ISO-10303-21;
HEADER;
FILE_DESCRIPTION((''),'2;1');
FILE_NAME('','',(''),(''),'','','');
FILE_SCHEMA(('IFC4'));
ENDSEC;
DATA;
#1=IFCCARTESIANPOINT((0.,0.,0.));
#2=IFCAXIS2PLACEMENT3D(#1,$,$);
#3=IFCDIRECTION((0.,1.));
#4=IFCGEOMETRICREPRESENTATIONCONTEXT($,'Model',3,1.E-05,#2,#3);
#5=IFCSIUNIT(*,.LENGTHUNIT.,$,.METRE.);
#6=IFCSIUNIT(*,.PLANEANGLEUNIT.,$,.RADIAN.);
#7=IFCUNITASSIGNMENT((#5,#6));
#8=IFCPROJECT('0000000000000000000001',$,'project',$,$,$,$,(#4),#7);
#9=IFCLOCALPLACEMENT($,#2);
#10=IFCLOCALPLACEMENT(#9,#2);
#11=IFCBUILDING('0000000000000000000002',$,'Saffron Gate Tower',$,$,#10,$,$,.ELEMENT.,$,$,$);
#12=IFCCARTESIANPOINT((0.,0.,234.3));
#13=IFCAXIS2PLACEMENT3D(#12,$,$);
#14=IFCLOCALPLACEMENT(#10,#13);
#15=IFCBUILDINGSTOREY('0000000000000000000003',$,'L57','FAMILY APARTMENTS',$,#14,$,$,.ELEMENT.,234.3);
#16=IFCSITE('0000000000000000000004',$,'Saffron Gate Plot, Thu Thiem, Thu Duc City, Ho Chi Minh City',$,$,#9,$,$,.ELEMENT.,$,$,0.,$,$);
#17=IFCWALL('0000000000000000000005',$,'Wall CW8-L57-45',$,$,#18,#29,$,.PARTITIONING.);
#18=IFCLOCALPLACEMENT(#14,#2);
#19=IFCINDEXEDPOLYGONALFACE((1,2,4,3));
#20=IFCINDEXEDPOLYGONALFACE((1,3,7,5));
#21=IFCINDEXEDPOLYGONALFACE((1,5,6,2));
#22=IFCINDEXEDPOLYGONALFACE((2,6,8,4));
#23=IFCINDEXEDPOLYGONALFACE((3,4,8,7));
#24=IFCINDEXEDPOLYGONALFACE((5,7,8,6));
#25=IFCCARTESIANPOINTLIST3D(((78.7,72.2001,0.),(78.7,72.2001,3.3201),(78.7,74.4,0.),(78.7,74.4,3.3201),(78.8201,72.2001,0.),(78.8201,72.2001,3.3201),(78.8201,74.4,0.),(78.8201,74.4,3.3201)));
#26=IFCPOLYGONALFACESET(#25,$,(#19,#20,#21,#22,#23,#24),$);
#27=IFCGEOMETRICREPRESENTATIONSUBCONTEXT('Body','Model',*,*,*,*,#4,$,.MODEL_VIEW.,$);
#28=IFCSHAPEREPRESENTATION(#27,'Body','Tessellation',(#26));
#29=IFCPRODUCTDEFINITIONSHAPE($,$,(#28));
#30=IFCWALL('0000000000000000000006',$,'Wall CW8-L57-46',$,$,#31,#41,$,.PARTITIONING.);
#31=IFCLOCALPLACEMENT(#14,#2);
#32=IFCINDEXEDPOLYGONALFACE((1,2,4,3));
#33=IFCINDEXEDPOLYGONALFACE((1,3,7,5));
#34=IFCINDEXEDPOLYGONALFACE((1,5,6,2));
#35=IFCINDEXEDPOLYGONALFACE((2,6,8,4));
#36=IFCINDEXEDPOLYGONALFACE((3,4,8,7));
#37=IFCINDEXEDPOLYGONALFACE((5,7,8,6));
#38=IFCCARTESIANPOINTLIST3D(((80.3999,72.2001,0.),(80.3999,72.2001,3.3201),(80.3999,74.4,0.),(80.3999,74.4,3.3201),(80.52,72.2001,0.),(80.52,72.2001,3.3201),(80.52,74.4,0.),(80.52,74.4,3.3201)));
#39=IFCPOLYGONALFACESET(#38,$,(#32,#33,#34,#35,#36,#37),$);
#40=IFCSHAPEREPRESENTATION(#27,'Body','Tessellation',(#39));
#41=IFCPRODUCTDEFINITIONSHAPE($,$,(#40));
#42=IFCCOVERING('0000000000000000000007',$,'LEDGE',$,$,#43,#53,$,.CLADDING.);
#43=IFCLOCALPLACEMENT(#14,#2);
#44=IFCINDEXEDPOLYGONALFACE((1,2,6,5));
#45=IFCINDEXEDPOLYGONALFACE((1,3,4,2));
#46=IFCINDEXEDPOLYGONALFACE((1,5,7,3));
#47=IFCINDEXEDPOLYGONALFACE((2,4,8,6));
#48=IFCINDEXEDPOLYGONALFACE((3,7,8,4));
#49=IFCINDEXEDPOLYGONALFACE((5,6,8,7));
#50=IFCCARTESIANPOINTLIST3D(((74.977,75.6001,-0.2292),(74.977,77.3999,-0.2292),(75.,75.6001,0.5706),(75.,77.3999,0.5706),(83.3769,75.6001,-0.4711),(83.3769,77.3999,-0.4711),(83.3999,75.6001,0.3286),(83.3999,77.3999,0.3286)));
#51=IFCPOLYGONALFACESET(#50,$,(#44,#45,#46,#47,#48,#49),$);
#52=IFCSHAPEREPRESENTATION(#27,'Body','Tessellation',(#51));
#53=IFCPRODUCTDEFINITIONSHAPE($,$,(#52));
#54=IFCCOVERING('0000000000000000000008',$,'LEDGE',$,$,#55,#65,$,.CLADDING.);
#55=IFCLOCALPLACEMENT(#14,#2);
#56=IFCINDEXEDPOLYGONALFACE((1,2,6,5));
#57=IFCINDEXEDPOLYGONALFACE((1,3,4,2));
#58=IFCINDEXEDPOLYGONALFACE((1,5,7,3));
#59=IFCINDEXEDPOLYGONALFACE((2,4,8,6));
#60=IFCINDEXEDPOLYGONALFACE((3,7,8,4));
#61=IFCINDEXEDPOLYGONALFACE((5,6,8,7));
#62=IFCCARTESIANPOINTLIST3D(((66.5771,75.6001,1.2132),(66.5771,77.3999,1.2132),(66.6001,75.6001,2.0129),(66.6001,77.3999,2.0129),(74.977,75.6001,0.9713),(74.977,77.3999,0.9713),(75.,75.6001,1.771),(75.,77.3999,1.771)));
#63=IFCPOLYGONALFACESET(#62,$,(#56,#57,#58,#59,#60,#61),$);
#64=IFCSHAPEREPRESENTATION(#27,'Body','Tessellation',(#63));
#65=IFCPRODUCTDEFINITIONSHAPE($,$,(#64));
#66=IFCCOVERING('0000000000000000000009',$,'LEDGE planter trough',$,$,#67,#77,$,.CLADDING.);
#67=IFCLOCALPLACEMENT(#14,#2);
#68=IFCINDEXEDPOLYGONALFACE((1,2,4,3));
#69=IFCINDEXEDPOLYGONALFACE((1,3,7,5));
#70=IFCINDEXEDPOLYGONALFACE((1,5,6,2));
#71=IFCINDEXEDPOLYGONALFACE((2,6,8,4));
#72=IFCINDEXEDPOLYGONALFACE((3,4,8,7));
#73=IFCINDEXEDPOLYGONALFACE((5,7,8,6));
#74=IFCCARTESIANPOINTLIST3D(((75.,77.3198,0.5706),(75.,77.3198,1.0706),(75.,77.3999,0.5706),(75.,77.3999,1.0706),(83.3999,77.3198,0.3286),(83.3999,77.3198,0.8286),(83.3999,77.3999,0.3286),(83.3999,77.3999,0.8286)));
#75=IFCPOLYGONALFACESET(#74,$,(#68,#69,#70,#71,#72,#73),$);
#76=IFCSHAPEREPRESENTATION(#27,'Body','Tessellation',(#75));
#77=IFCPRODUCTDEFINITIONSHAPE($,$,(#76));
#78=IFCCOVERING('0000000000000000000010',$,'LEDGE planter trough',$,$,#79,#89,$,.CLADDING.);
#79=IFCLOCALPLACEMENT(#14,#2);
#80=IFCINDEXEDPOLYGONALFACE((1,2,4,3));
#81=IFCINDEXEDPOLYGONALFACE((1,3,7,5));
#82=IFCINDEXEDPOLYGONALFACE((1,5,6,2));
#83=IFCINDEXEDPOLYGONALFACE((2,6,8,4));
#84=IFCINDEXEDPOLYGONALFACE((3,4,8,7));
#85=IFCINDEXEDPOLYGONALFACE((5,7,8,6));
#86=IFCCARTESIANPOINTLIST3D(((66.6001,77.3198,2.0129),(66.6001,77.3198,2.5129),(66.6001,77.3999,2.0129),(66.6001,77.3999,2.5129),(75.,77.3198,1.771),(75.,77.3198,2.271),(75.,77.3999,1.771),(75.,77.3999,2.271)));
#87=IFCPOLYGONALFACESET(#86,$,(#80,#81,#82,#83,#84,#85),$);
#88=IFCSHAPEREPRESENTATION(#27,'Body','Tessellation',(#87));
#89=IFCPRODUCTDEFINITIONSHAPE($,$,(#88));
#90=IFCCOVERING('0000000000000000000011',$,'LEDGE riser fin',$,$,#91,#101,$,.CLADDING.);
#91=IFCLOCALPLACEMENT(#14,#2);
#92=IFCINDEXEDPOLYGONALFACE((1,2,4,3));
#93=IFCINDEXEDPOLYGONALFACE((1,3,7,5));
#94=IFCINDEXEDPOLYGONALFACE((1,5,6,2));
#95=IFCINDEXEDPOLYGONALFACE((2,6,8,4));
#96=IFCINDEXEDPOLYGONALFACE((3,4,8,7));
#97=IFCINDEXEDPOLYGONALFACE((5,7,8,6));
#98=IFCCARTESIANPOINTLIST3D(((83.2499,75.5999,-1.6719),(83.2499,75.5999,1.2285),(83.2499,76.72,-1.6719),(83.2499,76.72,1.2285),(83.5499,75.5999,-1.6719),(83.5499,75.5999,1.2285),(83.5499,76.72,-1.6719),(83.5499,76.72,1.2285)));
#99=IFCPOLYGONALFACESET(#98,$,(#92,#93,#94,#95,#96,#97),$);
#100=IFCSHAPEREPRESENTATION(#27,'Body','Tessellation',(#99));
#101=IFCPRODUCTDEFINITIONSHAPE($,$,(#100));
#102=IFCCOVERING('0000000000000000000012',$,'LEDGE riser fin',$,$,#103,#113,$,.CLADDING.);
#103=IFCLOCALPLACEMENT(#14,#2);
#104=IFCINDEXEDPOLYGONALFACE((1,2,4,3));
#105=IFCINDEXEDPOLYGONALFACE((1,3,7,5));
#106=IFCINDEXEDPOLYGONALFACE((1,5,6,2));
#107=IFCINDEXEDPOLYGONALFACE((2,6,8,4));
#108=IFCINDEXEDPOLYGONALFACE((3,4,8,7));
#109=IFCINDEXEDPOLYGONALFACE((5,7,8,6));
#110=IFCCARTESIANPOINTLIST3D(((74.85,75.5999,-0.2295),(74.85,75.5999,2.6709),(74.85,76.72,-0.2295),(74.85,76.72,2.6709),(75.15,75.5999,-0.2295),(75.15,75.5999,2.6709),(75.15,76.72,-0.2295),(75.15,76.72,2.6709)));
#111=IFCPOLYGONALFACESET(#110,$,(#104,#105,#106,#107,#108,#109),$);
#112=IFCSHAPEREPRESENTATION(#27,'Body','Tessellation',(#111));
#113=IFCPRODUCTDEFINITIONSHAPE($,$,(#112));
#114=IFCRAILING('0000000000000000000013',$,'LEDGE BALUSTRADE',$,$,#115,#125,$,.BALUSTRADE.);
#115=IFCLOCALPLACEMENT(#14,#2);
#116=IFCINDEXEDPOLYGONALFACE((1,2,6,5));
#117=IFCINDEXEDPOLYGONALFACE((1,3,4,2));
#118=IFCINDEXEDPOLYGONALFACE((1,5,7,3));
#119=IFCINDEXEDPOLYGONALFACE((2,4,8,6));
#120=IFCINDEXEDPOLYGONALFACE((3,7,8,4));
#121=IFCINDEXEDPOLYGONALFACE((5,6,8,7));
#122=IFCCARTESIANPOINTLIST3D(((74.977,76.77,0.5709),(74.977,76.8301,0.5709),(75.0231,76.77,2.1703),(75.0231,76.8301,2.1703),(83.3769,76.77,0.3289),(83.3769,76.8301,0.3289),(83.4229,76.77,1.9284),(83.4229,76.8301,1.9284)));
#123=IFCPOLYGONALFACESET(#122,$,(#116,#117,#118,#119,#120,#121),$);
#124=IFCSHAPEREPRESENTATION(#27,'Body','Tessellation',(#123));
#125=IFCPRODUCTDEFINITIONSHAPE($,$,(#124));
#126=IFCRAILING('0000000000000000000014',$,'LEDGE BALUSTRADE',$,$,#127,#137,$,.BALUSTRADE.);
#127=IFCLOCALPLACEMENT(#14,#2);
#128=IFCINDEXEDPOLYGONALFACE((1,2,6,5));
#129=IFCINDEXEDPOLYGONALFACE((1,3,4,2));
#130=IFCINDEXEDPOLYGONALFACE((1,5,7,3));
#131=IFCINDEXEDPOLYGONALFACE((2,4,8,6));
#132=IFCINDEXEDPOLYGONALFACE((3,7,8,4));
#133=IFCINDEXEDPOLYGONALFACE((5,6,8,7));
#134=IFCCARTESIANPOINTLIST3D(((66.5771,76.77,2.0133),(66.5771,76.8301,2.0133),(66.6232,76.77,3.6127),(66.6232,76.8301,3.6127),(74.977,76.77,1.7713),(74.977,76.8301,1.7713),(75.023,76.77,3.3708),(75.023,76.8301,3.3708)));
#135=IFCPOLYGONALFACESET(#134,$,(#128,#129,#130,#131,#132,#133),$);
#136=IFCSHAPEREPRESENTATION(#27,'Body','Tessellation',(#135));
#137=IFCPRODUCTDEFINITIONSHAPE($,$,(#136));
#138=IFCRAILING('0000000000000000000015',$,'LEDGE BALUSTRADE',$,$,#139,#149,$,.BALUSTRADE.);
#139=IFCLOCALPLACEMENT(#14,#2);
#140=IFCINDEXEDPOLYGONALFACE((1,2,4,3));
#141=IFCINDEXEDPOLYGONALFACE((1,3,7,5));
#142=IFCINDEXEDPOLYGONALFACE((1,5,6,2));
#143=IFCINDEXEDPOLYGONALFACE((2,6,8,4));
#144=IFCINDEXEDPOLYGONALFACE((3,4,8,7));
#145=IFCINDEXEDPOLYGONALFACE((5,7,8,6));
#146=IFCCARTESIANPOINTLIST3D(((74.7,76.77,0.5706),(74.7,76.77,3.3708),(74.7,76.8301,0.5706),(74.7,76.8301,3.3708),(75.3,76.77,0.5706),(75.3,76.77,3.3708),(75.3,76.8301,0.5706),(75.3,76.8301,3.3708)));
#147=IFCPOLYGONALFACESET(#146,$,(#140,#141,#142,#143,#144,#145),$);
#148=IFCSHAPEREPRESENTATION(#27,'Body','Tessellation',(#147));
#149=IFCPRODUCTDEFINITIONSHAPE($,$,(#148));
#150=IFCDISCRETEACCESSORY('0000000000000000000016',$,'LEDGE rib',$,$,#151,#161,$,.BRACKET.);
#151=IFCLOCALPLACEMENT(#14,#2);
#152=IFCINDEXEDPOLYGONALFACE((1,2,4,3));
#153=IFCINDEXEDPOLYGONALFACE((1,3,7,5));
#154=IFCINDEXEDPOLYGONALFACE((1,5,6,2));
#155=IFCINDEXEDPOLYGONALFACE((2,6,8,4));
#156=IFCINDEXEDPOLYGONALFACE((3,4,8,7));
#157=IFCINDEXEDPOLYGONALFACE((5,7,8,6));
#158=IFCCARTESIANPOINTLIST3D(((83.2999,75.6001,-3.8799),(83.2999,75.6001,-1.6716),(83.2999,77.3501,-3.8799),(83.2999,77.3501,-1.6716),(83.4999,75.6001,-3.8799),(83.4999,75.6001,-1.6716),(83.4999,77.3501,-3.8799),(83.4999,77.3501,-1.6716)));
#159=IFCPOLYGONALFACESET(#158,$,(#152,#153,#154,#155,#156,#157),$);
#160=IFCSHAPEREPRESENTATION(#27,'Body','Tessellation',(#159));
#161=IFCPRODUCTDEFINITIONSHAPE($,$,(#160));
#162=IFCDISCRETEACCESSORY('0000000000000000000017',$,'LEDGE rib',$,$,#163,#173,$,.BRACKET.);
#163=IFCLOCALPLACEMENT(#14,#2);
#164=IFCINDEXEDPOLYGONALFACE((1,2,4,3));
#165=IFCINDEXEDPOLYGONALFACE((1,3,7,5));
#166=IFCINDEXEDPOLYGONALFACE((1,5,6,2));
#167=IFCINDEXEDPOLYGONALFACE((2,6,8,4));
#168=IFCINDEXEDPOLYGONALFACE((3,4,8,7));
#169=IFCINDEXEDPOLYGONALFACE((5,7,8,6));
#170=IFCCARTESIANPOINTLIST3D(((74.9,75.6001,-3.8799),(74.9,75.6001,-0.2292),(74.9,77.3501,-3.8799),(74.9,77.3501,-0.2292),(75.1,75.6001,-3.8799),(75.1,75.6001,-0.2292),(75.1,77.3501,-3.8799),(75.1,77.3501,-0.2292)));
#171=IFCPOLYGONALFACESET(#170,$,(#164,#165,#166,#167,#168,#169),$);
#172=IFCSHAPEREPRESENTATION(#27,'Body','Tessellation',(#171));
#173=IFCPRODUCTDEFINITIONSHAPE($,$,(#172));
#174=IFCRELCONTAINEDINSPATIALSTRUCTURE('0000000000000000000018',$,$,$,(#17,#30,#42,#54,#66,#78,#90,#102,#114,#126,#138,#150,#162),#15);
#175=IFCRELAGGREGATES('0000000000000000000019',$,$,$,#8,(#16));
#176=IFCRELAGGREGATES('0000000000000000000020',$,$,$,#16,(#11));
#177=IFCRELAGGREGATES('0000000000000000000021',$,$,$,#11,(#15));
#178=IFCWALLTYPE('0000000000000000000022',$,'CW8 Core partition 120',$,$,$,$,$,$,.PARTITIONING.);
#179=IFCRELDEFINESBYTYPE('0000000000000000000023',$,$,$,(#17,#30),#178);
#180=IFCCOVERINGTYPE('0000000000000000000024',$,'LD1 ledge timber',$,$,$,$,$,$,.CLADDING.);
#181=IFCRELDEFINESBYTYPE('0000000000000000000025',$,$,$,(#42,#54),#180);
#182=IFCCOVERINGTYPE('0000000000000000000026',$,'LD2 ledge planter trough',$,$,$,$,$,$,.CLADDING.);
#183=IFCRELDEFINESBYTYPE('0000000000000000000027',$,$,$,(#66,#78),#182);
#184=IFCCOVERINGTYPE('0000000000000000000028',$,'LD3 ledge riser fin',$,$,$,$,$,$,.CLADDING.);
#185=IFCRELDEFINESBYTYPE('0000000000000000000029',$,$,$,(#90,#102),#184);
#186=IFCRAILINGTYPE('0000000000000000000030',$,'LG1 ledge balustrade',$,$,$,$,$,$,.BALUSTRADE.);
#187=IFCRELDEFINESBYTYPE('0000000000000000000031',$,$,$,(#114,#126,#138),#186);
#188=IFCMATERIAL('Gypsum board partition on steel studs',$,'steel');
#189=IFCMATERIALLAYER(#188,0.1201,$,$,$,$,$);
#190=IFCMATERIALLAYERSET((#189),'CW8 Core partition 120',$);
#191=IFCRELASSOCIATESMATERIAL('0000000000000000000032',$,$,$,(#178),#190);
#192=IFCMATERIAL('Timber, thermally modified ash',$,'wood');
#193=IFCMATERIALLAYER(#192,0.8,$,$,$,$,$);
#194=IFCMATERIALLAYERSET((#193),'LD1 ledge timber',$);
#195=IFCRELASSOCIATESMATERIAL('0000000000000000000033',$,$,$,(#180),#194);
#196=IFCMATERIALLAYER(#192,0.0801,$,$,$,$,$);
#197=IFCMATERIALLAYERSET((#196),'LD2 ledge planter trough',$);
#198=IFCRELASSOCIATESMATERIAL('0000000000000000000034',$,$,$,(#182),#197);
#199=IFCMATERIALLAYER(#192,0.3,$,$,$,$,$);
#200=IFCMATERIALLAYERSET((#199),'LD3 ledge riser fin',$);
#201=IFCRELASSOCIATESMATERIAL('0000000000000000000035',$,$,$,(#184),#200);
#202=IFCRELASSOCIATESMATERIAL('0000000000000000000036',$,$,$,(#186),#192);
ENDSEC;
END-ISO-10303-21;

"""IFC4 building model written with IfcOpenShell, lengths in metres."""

from ifc_helpers import new_model, si_unit, direction, frame, frame_2d, origin, origin_2d, place, context, subcontext, project, spatial, polyline, rectangle, outline, extrude, material, layer, layer_set, type_object, element, save


model = new_model("IFC4")

# Units and contexts
model_context = context("Model", 3, precision=1e-05, world=origin(), true_north=direction((0.0, 1.0)))
body_context = subcontext(model_context, "Body", "Model", "MODEL_VIEW")
ifc_project = project(units=[si_unit("LENGTHUNIT", "METRE"), si_unit("PLANEANGLEUNIT", "RADIAN")], contexts=[model_context])

# Site, building, storey
site_placement = place(None, origin())
site = spatial("IfcSite", under=ifc_project, at=site_placement, Name="Saffron Gate Plot, Thu Thiem, Thu Duc City, Ho Chi Minh City", CompositionType="ELEMENT", RefElevation=0.0)
building_placement = place(site_placement, origin())
building = spatial("IfcBuilding", under=site, at=building_placement, Name="Saffron Gate Tower", CompositionType="ELEMENT")
storey_placement = place(building_placement, frame((0.0, 0.0, 234.3)))
storey = spatial("IfcBuildingStorey", under=building, at=storey_placement, Name="L57", Description="FAMILY APARTMENTS", CompositionType="ELEMENT", Elevation=234.3)

# Walls
ifc_material_1 = material(Name="Gypsum board partition on steel studs", Category="steel")
ifc_layer_1 = layer(ifc_material_1, 0.1201)
ifc_layer_set_1 = layer_set([ifc_layer_1], Name="CW8 Core partition 120")
wall_type = type_object("IfcWallType", Name="CW8 Core partition 120", PredefinedType="PARTITIONING", material=ifc_layer_set_1)
for number, where, z_axis, x_axis, name in (
    (1, (78.76, 72.2, 0.0), (0.0, 0.0, 1.0), (0.0, 1.0, 0.0), "Wall CW8-L57-45"),
    (2, (80.46, 72.2, 0.0), (0.0, 0.0, 1.0), (0.0, 1.0, 0.0), "Wall CW8-L57-46"),
):
    element("IfcWall", number, at=place(storey_placement, frame(where, z_axis=z_axis, x_axis=x_axis)), inside=storey, type_object=wall_type, Name=name, PredefinedType="PARTITIONING", context=body_context, shape_type="SweptSolid", body=[
        extrude(rectangle(XDim=2.2, YDim=0.1201, at=frame_2d((1.1001, 0.0))), origin(), (0.0, 0.0, 1.0), 3.3201),
    ])

# Coverings
ifc_material_2 = material(Name="Timber, thermally modified ash", Category="wood")
ifc_layer_2 = layer(ifc_material_2, 0.8)
ifc_layer_set_2 = layer_set([ifc_layer_2], Name="LD1 ledge timber")
covering_type_1 = type_object("IfcCoveringType", Name="LD1 ledge timber", PredefinedType="CLADDING", material=ifc_layer_set_2)
for number, where, z_axis, x_axis, name in (
    (3, (83.3999, 75.6001, 0.3286), (0.028791, 0.0, 0.999585), (-0.999585, 0.0, 0.028791), "LEDGE"),
    (4, (75.0, 75.6001, 1.771), (0.028791, 0.0, 0.999585), (-0.999585, 0.0, 0.028791), "LEDGE"),
):
    element("IfcCovering", number, at=place(storey_placement, frame(where, z_axis=z_axis, x_axis=x_axis)), inside=storey, type_object=covering_type_1, Name=name, PredefinedType="CLADDING", context=body_context, shape_type="SweptSolid", body=[
        extrude(outline(polyline([(0.0, 0.0), (8.4034, 0.0), (8.4034, -1.7998), (0.0, -1.7998), (0.0, 0.0)])), origin(), (0.0, 0.0, -1.0), 0.8),
    ])
ifc_layer_3 = layer(ifc_material_2, 0.0801)
ifc_layer_set_3 = layer_set([ifc_layer_3], Name="LD2 ledge planter trough")
covering_type_2 = type_object("IfcCoveringType", Name="LD2 ledge planter trough", PredefinedType="CLADDING", material=ifc_layer_set_3)
for number, where, z_axis, x_axis, name in (
    (5, (83.3999, 77.3999, 0.3286), (0.0, 1.0, 0.0), (-0.999585, 0.0, 0.028791), "LEDGE planter trough"),
    (6, (75.0, 77.3999, 1.771), (0.0, 1.0, 0.0), (-0.999585, 0.0, 0.028791), "LEDGE planter trough"),
):
    element("IfcCovering", number, at=place(storey_placement, frame(where, z_axis=z_axis, x_axis=x_axis)), inside=storey, type_object=covering_type_2, Name=name, PredefinedType="CLADDING", context=body_context, shape_type="SweptSolid", body=[
        extrude(outline(polyline([(0.0, 0.0), (8.4034, 0.0), (8.4178, 0.4998), (0.0144, 0.4998), (0.0, 0.0)])), origin(), (0.0, 0.0, -1.0), 0.0801),
    ])
ifc_layer_4 = layer(ifc_material_2, 0.3)
ifc_layer_set_4 = layer_set([ifc_layer_4], Name="LD3 ledge riser fin")
covering_type_3 = type_object("IfcCoveringType", Name="LD3 ledge riser fin", PredefinedType="CLADDING", material=ifc_layer_set_4)
for number, where, z_axis, x_axis, name in (
    (7, (83.3999, 76.1599, -1.6719), (0.0, 0.0, 1.0), (-1.0, 0.0, 0.0), "LEDGE riser fin"),
    (8, (75.0, 76.1599, -0.2295), (0.0, 0.0, 1.0), (-1.0, 0.0, 0.0), "LEDGE riser fin"),
):
    element("IfcCovering", number, at=place(storey_placement, frame(where, z_axis=z_axis, x_axis=x_axis)), inside=storey, type_object=covering_type_3, Name=name, PredefinedType="CLADDING", context=body_context, shape_type="SweptSolid", body=[
        extrude(rectangle(XDim=0.3, YDim=1.1201, at=origin_2d()), origin(), (0.0, 0.0, 1.0), 2.9004),
    ])

# Railings
railing_type = type_object("IfcRailingType", Name="LG1 ledge balustrade", PredefinedType="BALUSTRADE", material=ifc_material_2)
for number, where, name in (
    (9, (83.3999, 76.8, 0.3286), "LEDGE BALUSTRADE"),
    (10, (75.0, 76.8, 1.771), "LEDGE BALUSTRADE"),
):
    element("IfcRailing", number, at=place(storey_placement, frame(where)), inside=storey, type_object=railing_type, Name=name, PredefinedType="BALUSTRADE", context=body_context, shape_type="SweptSolid", body=[
        extrude(rectangle(XDim=0.0601, YDim=1.6001, at=origin_2d()), frame((0.0, 0.0, 0.8), z_axis=(-0.999585, 0.0, 0.028791), x_axis=(0.0, -1.0, 0.0)), (0.0, 0.0, 1.0), 8.4033),
    ])
railing_placement = place(storey_placement, frame((75.3, 76.8, 0.5706)))
element("IfcRailing", 11, at=railing_placement, inside=storey, type_object=railing_type, Name="LEDGE BALUSTRADE", PredefinedType="BALUSTRADE", context=body_context, shape_type="SweptSolid", body=[
    extrude(rectangle(XDim=0.0601, YDim=2.8003, at=origin_2d()), frame((0.0, 0.0, 1.4001), z_axis=(-1.0, 0.0, 0.0), x_axis=(0.0, -1.0, 0.0)), (0.0, 0.0, 1.0), 0.6001),
])

# Discrete accessories
discrete_accessory_1_placement = place(storey_placement, frame((83.3999, 76.4751, -3.8799), z_axis=(0.0, 0.0, 1.0), x_axis=(-1.0, 0.0, 0.0)))
element("IfcDiscreteAccessory", 12, at=discrete_accessory_1_placement, inside=storey, Name="LEDGE rib", PredefinedType="BRACKET", context=body_context, shape_type="SweptSolid", body=[
    extrude(rectangle(XDim=0.2, YDim=1.75, at=origin_2d()), origin(), (0.0, 0.0, 1.0), 2.2083),
])
discrete_accessory_2_placement = place(storey_placement, frame((75.0, 76.4751, -3.8799), z_axis=(0.0, 0.0, 1.0), x_axis=(-1.0, 0.0, 0.0)))
element("IfcDiscreteAccessory", 13, at=discrete_accessory_2_placement, inside=storey, Name="LEDGE rib", PredefinedType="BRACKET", context=body_context, shape_type="SweptSolid", body=[
    extrude(rectangle(XDim=0.2, YDim=1.75, at=origin_2d()), origin(), (0.0, 0.0, 1.0), 3.6506),
])

save(model, "model.ifc")
